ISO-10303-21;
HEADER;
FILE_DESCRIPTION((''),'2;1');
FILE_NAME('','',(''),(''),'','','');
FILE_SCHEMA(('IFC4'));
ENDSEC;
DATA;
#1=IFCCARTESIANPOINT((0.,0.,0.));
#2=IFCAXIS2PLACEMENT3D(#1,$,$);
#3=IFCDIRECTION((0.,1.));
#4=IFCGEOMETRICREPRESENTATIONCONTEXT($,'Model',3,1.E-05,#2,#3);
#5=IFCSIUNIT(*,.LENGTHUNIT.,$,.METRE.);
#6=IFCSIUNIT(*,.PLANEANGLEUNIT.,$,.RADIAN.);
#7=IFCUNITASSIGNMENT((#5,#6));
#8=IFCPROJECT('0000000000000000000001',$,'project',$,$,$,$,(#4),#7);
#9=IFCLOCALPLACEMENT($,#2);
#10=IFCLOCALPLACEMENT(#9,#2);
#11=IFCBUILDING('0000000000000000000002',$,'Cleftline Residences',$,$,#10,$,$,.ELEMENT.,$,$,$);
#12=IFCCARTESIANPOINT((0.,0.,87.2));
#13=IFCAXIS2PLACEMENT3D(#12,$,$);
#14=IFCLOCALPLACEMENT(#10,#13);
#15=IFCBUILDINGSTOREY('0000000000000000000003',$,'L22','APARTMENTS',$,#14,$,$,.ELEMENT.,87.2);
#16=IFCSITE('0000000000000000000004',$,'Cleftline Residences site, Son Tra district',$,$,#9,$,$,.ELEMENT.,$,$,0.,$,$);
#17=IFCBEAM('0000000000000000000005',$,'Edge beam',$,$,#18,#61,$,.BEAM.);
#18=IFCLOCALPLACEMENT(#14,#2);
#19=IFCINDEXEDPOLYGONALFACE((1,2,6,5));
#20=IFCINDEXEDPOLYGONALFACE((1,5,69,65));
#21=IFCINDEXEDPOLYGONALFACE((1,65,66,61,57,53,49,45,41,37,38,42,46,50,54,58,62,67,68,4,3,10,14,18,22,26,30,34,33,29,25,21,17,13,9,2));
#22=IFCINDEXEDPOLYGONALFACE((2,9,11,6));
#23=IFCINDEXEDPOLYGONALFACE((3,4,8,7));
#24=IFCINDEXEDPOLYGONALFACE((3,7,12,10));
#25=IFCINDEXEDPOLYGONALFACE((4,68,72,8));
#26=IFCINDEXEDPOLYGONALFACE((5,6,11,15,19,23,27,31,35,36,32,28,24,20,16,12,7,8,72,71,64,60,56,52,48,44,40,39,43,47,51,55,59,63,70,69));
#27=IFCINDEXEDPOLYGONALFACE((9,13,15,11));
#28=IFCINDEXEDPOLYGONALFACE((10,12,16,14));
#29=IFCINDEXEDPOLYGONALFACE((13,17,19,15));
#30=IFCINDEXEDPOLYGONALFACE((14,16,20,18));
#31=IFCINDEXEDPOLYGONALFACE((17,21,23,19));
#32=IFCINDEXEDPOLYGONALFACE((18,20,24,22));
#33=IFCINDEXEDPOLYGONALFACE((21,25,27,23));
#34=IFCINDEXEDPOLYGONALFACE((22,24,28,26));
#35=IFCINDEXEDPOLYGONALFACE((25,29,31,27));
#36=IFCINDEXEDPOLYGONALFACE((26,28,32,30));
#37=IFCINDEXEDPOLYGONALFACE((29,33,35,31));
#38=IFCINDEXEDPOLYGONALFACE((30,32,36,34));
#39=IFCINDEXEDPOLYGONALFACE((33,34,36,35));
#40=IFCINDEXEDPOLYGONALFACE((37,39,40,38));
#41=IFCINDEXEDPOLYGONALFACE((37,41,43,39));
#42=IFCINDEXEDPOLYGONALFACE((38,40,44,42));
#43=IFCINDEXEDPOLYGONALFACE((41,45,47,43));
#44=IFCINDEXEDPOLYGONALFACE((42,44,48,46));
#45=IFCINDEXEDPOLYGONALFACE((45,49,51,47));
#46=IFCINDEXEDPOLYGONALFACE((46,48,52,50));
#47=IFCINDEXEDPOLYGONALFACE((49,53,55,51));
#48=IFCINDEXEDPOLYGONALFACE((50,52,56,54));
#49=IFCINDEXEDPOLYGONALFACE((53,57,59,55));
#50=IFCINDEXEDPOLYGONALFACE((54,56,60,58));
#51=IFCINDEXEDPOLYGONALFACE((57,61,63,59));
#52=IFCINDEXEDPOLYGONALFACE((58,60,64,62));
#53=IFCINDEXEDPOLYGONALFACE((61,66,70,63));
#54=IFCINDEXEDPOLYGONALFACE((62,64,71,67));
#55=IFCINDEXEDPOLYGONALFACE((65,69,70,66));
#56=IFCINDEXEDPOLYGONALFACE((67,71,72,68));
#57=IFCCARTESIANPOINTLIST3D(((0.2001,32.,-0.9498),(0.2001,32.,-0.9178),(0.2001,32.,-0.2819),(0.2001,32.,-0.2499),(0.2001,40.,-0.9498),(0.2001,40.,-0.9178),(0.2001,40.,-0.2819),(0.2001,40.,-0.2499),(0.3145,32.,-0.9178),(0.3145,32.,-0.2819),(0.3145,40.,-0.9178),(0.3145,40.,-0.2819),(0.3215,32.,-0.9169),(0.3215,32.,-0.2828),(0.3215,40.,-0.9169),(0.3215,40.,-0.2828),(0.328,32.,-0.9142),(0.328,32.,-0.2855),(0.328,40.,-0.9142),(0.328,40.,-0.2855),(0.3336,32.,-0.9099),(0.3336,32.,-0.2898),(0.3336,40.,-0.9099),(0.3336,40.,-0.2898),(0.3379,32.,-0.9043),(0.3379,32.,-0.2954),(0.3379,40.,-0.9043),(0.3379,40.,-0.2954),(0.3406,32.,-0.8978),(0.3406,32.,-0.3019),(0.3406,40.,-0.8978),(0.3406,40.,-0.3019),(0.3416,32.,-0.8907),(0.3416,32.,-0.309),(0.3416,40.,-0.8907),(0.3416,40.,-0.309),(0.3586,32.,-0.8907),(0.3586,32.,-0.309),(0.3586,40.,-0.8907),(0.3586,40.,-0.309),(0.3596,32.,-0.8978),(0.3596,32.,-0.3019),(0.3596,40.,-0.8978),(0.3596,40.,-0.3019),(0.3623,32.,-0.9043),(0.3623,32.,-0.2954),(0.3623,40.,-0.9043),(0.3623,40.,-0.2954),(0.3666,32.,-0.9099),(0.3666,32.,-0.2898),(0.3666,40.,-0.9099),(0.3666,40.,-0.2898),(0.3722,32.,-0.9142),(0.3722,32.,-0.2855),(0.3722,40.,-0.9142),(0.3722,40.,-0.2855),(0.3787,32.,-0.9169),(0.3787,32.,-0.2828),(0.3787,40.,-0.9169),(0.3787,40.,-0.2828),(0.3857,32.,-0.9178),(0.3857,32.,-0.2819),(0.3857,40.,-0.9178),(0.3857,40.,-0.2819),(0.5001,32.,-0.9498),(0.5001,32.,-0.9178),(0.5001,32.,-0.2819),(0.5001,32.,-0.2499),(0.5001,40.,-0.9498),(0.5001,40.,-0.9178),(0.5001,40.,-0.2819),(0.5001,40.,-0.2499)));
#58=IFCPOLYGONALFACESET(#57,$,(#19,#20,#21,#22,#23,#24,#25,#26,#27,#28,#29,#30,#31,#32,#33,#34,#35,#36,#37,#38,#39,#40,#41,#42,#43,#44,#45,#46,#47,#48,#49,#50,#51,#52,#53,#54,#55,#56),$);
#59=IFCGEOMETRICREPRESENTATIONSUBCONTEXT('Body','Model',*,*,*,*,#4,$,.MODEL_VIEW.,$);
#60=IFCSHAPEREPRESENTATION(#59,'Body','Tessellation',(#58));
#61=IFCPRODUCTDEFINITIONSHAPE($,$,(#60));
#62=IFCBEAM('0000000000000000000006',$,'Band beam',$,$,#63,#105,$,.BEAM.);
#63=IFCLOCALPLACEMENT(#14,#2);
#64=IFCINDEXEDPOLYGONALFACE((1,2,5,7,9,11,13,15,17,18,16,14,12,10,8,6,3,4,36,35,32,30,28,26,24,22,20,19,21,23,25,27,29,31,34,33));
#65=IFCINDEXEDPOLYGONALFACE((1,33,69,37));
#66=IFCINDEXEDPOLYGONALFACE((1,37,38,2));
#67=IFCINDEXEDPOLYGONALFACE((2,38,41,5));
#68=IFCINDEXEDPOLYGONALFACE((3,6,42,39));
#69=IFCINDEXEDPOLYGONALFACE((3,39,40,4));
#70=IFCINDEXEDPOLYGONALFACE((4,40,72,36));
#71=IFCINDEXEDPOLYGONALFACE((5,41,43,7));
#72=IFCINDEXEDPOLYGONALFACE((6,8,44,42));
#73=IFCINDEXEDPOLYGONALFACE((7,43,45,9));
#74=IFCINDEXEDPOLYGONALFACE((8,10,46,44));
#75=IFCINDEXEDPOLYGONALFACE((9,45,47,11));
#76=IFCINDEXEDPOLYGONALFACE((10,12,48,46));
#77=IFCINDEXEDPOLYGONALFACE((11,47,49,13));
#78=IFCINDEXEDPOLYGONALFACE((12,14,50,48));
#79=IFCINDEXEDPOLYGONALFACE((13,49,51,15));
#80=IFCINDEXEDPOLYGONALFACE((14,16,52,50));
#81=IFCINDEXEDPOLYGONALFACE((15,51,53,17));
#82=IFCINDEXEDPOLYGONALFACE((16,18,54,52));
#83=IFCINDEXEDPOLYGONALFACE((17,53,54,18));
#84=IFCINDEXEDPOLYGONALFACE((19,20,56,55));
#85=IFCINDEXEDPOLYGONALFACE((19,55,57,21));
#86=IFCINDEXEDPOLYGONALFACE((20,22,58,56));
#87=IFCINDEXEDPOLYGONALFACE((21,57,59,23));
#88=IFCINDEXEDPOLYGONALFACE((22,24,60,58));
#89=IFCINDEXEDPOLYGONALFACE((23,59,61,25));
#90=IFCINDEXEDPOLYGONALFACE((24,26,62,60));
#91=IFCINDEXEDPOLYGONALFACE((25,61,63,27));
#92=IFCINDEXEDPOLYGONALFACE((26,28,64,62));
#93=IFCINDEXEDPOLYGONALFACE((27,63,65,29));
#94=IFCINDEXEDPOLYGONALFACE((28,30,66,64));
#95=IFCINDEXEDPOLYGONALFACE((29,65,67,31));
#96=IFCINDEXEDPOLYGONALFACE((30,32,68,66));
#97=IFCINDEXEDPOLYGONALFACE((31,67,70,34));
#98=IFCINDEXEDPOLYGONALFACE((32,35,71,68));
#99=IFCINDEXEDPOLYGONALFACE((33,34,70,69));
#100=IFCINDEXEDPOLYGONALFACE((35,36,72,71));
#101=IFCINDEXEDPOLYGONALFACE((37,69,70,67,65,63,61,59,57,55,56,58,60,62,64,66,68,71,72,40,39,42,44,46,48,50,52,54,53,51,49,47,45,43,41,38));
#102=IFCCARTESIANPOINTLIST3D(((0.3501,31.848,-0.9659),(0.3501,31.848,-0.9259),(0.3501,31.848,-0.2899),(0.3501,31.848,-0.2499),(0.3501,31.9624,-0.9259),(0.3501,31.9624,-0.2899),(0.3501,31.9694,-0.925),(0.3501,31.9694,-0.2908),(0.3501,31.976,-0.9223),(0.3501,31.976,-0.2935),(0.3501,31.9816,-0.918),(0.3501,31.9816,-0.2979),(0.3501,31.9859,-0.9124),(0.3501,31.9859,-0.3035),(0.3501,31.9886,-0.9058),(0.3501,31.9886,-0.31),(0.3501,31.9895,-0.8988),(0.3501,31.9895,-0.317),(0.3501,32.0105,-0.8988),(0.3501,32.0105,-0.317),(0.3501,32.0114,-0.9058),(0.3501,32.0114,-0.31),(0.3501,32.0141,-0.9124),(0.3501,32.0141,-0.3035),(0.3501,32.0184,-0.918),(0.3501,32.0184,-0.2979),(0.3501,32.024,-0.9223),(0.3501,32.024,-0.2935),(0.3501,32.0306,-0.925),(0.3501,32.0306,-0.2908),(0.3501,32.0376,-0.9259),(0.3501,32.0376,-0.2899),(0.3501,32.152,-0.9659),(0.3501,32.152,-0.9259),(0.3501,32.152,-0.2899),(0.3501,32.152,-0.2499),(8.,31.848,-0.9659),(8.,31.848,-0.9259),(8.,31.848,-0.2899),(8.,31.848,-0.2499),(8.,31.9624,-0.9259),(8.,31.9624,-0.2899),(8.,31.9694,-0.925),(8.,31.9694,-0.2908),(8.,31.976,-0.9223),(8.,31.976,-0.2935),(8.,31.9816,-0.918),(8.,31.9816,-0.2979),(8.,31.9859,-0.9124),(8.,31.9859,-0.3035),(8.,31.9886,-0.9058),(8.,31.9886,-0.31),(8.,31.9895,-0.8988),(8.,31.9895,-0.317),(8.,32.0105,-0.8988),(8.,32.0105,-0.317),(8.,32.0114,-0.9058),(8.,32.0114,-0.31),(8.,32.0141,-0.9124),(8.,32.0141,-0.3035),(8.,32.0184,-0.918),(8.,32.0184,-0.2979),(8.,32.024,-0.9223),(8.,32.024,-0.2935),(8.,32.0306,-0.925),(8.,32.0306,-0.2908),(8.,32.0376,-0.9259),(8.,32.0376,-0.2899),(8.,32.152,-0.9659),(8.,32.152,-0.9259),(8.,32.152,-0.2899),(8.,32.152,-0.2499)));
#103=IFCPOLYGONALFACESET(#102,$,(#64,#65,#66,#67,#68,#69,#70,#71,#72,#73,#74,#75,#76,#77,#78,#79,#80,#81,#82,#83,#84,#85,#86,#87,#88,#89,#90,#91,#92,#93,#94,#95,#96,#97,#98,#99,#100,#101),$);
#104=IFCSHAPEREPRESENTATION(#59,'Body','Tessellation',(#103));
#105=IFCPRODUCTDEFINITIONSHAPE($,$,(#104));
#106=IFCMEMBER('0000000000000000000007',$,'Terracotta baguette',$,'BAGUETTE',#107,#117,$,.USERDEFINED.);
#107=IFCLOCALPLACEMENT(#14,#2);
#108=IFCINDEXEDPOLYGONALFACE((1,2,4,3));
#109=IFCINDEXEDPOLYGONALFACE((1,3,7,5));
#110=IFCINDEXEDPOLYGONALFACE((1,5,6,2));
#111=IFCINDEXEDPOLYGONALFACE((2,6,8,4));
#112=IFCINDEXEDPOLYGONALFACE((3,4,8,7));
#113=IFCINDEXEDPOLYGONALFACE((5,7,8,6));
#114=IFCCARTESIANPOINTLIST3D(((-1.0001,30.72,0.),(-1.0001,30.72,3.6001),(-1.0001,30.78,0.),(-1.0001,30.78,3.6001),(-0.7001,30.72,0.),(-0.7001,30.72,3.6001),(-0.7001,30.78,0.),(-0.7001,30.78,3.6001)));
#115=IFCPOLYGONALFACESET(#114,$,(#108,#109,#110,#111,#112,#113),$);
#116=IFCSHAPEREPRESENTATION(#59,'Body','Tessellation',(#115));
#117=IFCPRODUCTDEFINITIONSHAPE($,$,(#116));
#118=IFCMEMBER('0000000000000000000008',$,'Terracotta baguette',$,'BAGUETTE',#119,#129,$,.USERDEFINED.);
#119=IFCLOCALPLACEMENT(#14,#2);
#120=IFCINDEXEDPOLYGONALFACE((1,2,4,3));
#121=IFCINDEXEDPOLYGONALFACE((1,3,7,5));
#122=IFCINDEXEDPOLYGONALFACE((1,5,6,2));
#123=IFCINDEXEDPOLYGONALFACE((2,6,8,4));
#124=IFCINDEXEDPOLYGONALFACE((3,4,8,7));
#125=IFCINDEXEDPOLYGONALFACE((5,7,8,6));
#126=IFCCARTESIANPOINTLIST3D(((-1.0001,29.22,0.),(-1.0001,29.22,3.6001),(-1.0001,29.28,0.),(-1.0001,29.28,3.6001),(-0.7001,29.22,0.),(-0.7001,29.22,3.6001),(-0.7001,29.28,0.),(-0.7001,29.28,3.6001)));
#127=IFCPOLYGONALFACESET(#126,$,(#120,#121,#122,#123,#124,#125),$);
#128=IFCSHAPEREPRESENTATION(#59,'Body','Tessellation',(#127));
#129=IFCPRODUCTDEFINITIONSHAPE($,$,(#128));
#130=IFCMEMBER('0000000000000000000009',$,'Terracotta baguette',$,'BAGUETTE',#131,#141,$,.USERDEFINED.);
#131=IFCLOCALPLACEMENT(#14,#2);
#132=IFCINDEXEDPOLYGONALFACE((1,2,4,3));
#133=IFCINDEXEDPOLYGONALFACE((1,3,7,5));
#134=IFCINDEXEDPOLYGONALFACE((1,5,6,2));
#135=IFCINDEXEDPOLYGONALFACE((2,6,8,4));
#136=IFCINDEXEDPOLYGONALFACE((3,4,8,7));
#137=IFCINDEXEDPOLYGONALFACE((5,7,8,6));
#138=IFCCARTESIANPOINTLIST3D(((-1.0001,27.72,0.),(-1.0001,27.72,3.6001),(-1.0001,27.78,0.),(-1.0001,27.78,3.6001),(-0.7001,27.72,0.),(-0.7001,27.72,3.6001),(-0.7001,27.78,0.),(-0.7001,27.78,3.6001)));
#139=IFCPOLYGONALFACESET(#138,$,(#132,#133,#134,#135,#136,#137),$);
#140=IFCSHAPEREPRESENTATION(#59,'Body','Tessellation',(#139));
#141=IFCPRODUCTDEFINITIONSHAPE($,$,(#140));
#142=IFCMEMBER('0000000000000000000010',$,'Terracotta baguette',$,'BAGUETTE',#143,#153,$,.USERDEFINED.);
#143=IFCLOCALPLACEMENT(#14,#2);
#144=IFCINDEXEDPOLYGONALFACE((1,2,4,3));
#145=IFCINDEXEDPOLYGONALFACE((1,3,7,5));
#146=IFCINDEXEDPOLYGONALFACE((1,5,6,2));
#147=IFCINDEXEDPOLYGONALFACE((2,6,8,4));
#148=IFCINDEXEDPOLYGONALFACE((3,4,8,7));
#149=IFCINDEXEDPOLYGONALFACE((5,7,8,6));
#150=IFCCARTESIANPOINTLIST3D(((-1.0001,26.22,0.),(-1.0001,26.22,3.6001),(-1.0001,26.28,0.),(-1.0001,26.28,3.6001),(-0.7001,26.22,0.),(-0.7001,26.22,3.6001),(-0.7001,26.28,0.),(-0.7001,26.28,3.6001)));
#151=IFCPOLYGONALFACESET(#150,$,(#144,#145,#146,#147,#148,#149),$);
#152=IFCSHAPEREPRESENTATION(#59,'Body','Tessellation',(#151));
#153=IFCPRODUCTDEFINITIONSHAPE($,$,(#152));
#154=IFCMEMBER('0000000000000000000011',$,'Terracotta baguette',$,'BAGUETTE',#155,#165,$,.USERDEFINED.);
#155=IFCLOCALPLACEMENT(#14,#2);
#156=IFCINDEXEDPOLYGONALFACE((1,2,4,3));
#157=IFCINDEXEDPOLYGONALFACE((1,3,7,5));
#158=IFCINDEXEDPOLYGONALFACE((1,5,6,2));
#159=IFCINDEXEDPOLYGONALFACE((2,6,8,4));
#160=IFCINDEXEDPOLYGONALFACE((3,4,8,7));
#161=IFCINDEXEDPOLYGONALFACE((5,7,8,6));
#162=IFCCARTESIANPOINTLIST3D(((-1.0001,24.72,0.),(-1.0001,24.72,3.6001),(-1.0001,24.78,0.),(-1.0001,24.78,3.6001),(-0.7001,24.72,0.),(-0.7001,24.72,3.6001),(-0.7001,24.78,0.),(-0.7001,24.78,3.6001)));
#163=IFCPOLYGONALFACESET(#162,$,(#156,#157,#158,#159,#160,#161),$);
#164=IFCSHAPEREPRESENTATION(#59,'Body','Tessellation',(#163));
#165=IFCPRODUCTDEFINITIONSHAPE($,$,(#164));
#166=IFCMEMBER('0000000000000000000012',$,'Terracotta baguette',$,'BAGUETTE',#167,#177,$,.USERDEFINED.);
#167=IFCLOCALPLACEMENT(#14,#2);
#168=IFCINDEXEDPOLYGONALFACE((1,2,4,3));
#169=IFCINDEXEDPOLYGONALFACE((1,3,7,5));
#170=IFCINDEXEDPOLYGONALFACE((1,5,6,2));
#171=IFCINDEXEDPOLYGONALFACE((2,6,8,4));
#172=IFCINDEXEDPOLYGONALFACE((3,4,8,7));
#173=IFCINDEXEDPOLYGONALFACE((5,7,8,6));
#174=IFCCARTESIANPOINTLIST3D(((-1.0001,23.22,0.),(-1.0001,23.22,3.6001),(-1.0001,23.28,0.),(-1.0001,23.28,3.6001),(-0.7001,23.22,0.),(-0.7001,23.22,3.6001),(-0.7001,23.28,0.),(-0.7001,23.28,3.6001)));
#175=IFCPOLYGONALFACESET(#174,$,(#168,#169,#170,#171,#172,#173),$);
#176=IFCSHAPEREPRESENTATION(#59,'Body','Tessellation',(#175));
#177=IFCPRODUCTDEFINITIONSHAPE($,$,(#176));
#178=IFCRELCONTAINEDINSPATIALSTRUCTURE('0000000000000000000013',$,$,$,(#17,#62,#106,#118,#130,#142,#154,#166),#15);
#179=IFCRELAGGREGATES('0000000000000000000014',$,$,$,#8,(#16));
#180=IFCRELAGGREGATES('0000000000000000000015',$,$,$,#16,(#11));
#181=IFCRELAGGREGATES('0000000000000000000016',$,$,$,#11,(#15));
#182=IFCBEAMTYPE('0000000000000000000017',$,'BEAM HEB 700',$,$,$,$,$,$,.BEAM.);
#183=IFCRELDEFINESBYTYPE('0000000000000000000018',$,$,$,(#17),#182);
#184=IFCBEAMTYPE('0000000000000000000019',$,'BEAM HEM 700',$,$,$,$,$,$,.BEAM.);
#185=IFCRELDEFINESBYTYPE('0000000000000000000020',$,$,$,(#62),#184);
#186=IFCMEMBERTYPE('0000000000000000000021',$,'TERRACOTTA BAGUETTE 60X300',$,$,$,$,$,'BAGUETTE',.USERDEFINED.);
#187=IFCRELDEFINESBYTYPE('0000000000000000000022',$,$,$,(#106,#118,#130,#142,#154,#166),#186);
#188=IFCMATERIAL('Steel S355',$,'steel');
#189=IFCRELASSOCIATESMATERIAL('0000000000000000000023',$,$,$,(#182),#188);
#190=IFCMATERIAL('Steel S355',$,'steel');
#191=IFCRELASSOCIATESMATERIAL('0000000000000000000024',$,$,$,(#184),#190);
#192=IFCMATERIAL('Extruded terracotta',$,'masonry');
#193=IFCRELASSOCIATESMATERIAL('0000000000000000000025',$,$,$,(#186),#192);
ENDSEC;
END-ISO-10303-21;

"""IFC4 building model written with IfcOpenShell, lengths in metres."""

from ifc_helpers import new_model, si_unit, direction, frame, origin, origin_2d, place, context, subcontext, project, spatial, rectangle, i_section, extrude, material, material_profile, profile_set, type_object, element, save


model = new_model("IFC4")

# Units and contexts
model_context = context("Model", 3, precision=1e-05, world=origin(), true_north=direction((0.0, 1.0)))
body_context = subcontext(model_context, "Body", "Model", "MODEL_VIEW")
ifc_project = project(units=[si_unit("LENGTHUNIT", "METRE"), si_unit("PLANEANGLEUNIT", "RADIAN")], contexts=[model_context])

# Site, building, storey
site_placement = place(None, origin())
site = spatial("IfcSite", under=ifc_project, at=site_placement, Name="Cleftline Residences site, Son Tra district", CompositionType="ELEMENT", RefElevation=0.0)
building_placement = place(site_placement, origin())
building = spatial("IfcBuilding", under=site, at=building_placement, Name="Cleftline Residences", CompositionType="ELEMENT")
storey_placement = place(building_placement, frame((0.0, 0.0, 87.2)))
storey = spatial("IfcBuildingStorey", under=building, at=storey_placement, Name="L22", Description="APARTMENTS", CompositionType="ELEMENT", Elevation=87.2)

# Beams
ifc_material_1 = material(Name="Steel S355", Category="steel")
ifc_material_profile_1 = material_profile(ifc_material_1, i_section(OverallWidth=0.3, OverallDepth=0.7, WebThickness=0.0171, FlangeThickness=0.032, FilletRadius=0.0271, at=origin_2d()))
ifc_profile_set_1 = profile_set([ifc_material_profile_1], Name="Steel S355")
beam_type_1 = type_object("IfcBeamType", Name="BEAM HEB 700", PredefinedType="BEAM", material=ifc_profile_set_1)
for number, where, z_axis, x_axis, name in (
    (1, (0.3501, 32.0, -0.5999), (0.0, 1.0, 0.0), (-1.0, 0.0, 0.0), "Edge beam"),
):
    element("IfcBeam", number, at=place(storey_placement, frame(where, z_axis=z_axis, x_axis=x_axis)), inside=storey, type_object=beam_type_1, Name=name, PredefinedType="BEAM", context=body_context, shape_type="SweptSolid", body=[
        extrude(i_section(OverallWidth=0.3, OverallDepth=0.7, WebThickness=0.0171, FlangeThickness=0.032, FilletRadius=0.0271, at=origin_2d()), origin(), (0.0, 0.0, 1.0), 8.0),
    ])
ifc_material_2 = material(Name="Steel S355", Category="steel")
ifc_material_profile_2 = material_profile(ifc_material_2, i_section(OverallWidth=0.304, OverallDepth=0.7161, WebThickness=0.021, FlangeThickness=0.04, FilletRadius=0.0271, at=origin_2d()))
ifc_profile_set_2 = profile_set([ifc_material_profile_2], Name="Steel S355")
beam_type_2 = type_object("IfcBeamType", Name="BEAM HEM 700", PredefinedType="BEAM", material=ifc_profile_set_2)
beam_placement = place(storey_placement, frame((0.3501, 32.0, -0.6079), z_axis=(1.0, 0.0, 0.0), x_axis=(0.0, 1.0, 0.0)))
element("IfcBeam", 2, at=beam_placement, inside=storey, type_object=beam_type_2, Name="Band beam", PredefinedType="BEAM", context=body_context, shape_type="SweptSolid", body=[
    extrude(i_section(OverallWidth=0.304, OverallDepth=0.7161, WebThickness=0.021, FlangeThickness=0.04, FilletRadius=0.0271, at=origin_2d()), origin(), (0.0, 0.0, 1.0), 7.6499),
])

# Members
ifc_material_3 = material(Name="Extruded terracotta", Category="masonry")
ifc_material_profile_3 = material_profile(ifc_material_3, rectangle(XDim=0.0601, YDim=0.3, at=origin_2d()))
ifc_profile_set_3 = profile_set([ifc_material_profile_3], Name="Extruded terracotta")
member_type_1 = type_object("IfcMemberType", Name="TERRACOTTA BAGUETTE 60X300", ElementType="BAGUETTE", PredefinedType="USERDEFINED", material=ifc_profile_set_3)
for number, where, z_axis, x_axis, name in (
    (3, (-0.8501, 30.75, 0.0), (0.0, 0.0, 1.0), (0.0, 1.0, 0.0), "Terracotta baguette"),
    (4, (-0.8501, 29.25, 0.0), (0.0, 0.0, 1.0), (0.0, 1.0, 0.0), "Terracotta baguette"),
    (5, (-0.8501, 27.75, 0.0), (0.0, 0.0, 1.0), (0.0, 1.0, 0.0), "Terracotta baguette"),
    (6, (-0.8501, 26.25, 0.0), (0.0, 0.0, 1.0), (0.0, 1.0, 0.0), "Terracotta baguette"),
    (7, (-0.8501, 24.75, 0.0), (0.0, 0.0, 1.0), (0.0, 1.0, 0.0), "Terracotta baguette"),
    (8, (-0.8501, 23.25, 0.0), (0.0, 0.0, 1.0), (0.0, 1.0, 0.0), "Terracotta baguette"),
):
    element("IfcMember", number, at=place(storey_placement, frame(where, z_axis=z_axis, x_axis=x_axis)), inside=storey, type_object=member_type_1, Name=name, ObjectType="BAGUETTE", PredefinedType="USERDEFINED", context=body_context, shape_type="SweptSolid", body=[
        extrude(rectangle(XDim=0.0601, YDim=0.3, at=origin_2d()), origin(), (0.0, 0.0, 1.0), 3.6001),
    ])

save(model, "model.ifc")
